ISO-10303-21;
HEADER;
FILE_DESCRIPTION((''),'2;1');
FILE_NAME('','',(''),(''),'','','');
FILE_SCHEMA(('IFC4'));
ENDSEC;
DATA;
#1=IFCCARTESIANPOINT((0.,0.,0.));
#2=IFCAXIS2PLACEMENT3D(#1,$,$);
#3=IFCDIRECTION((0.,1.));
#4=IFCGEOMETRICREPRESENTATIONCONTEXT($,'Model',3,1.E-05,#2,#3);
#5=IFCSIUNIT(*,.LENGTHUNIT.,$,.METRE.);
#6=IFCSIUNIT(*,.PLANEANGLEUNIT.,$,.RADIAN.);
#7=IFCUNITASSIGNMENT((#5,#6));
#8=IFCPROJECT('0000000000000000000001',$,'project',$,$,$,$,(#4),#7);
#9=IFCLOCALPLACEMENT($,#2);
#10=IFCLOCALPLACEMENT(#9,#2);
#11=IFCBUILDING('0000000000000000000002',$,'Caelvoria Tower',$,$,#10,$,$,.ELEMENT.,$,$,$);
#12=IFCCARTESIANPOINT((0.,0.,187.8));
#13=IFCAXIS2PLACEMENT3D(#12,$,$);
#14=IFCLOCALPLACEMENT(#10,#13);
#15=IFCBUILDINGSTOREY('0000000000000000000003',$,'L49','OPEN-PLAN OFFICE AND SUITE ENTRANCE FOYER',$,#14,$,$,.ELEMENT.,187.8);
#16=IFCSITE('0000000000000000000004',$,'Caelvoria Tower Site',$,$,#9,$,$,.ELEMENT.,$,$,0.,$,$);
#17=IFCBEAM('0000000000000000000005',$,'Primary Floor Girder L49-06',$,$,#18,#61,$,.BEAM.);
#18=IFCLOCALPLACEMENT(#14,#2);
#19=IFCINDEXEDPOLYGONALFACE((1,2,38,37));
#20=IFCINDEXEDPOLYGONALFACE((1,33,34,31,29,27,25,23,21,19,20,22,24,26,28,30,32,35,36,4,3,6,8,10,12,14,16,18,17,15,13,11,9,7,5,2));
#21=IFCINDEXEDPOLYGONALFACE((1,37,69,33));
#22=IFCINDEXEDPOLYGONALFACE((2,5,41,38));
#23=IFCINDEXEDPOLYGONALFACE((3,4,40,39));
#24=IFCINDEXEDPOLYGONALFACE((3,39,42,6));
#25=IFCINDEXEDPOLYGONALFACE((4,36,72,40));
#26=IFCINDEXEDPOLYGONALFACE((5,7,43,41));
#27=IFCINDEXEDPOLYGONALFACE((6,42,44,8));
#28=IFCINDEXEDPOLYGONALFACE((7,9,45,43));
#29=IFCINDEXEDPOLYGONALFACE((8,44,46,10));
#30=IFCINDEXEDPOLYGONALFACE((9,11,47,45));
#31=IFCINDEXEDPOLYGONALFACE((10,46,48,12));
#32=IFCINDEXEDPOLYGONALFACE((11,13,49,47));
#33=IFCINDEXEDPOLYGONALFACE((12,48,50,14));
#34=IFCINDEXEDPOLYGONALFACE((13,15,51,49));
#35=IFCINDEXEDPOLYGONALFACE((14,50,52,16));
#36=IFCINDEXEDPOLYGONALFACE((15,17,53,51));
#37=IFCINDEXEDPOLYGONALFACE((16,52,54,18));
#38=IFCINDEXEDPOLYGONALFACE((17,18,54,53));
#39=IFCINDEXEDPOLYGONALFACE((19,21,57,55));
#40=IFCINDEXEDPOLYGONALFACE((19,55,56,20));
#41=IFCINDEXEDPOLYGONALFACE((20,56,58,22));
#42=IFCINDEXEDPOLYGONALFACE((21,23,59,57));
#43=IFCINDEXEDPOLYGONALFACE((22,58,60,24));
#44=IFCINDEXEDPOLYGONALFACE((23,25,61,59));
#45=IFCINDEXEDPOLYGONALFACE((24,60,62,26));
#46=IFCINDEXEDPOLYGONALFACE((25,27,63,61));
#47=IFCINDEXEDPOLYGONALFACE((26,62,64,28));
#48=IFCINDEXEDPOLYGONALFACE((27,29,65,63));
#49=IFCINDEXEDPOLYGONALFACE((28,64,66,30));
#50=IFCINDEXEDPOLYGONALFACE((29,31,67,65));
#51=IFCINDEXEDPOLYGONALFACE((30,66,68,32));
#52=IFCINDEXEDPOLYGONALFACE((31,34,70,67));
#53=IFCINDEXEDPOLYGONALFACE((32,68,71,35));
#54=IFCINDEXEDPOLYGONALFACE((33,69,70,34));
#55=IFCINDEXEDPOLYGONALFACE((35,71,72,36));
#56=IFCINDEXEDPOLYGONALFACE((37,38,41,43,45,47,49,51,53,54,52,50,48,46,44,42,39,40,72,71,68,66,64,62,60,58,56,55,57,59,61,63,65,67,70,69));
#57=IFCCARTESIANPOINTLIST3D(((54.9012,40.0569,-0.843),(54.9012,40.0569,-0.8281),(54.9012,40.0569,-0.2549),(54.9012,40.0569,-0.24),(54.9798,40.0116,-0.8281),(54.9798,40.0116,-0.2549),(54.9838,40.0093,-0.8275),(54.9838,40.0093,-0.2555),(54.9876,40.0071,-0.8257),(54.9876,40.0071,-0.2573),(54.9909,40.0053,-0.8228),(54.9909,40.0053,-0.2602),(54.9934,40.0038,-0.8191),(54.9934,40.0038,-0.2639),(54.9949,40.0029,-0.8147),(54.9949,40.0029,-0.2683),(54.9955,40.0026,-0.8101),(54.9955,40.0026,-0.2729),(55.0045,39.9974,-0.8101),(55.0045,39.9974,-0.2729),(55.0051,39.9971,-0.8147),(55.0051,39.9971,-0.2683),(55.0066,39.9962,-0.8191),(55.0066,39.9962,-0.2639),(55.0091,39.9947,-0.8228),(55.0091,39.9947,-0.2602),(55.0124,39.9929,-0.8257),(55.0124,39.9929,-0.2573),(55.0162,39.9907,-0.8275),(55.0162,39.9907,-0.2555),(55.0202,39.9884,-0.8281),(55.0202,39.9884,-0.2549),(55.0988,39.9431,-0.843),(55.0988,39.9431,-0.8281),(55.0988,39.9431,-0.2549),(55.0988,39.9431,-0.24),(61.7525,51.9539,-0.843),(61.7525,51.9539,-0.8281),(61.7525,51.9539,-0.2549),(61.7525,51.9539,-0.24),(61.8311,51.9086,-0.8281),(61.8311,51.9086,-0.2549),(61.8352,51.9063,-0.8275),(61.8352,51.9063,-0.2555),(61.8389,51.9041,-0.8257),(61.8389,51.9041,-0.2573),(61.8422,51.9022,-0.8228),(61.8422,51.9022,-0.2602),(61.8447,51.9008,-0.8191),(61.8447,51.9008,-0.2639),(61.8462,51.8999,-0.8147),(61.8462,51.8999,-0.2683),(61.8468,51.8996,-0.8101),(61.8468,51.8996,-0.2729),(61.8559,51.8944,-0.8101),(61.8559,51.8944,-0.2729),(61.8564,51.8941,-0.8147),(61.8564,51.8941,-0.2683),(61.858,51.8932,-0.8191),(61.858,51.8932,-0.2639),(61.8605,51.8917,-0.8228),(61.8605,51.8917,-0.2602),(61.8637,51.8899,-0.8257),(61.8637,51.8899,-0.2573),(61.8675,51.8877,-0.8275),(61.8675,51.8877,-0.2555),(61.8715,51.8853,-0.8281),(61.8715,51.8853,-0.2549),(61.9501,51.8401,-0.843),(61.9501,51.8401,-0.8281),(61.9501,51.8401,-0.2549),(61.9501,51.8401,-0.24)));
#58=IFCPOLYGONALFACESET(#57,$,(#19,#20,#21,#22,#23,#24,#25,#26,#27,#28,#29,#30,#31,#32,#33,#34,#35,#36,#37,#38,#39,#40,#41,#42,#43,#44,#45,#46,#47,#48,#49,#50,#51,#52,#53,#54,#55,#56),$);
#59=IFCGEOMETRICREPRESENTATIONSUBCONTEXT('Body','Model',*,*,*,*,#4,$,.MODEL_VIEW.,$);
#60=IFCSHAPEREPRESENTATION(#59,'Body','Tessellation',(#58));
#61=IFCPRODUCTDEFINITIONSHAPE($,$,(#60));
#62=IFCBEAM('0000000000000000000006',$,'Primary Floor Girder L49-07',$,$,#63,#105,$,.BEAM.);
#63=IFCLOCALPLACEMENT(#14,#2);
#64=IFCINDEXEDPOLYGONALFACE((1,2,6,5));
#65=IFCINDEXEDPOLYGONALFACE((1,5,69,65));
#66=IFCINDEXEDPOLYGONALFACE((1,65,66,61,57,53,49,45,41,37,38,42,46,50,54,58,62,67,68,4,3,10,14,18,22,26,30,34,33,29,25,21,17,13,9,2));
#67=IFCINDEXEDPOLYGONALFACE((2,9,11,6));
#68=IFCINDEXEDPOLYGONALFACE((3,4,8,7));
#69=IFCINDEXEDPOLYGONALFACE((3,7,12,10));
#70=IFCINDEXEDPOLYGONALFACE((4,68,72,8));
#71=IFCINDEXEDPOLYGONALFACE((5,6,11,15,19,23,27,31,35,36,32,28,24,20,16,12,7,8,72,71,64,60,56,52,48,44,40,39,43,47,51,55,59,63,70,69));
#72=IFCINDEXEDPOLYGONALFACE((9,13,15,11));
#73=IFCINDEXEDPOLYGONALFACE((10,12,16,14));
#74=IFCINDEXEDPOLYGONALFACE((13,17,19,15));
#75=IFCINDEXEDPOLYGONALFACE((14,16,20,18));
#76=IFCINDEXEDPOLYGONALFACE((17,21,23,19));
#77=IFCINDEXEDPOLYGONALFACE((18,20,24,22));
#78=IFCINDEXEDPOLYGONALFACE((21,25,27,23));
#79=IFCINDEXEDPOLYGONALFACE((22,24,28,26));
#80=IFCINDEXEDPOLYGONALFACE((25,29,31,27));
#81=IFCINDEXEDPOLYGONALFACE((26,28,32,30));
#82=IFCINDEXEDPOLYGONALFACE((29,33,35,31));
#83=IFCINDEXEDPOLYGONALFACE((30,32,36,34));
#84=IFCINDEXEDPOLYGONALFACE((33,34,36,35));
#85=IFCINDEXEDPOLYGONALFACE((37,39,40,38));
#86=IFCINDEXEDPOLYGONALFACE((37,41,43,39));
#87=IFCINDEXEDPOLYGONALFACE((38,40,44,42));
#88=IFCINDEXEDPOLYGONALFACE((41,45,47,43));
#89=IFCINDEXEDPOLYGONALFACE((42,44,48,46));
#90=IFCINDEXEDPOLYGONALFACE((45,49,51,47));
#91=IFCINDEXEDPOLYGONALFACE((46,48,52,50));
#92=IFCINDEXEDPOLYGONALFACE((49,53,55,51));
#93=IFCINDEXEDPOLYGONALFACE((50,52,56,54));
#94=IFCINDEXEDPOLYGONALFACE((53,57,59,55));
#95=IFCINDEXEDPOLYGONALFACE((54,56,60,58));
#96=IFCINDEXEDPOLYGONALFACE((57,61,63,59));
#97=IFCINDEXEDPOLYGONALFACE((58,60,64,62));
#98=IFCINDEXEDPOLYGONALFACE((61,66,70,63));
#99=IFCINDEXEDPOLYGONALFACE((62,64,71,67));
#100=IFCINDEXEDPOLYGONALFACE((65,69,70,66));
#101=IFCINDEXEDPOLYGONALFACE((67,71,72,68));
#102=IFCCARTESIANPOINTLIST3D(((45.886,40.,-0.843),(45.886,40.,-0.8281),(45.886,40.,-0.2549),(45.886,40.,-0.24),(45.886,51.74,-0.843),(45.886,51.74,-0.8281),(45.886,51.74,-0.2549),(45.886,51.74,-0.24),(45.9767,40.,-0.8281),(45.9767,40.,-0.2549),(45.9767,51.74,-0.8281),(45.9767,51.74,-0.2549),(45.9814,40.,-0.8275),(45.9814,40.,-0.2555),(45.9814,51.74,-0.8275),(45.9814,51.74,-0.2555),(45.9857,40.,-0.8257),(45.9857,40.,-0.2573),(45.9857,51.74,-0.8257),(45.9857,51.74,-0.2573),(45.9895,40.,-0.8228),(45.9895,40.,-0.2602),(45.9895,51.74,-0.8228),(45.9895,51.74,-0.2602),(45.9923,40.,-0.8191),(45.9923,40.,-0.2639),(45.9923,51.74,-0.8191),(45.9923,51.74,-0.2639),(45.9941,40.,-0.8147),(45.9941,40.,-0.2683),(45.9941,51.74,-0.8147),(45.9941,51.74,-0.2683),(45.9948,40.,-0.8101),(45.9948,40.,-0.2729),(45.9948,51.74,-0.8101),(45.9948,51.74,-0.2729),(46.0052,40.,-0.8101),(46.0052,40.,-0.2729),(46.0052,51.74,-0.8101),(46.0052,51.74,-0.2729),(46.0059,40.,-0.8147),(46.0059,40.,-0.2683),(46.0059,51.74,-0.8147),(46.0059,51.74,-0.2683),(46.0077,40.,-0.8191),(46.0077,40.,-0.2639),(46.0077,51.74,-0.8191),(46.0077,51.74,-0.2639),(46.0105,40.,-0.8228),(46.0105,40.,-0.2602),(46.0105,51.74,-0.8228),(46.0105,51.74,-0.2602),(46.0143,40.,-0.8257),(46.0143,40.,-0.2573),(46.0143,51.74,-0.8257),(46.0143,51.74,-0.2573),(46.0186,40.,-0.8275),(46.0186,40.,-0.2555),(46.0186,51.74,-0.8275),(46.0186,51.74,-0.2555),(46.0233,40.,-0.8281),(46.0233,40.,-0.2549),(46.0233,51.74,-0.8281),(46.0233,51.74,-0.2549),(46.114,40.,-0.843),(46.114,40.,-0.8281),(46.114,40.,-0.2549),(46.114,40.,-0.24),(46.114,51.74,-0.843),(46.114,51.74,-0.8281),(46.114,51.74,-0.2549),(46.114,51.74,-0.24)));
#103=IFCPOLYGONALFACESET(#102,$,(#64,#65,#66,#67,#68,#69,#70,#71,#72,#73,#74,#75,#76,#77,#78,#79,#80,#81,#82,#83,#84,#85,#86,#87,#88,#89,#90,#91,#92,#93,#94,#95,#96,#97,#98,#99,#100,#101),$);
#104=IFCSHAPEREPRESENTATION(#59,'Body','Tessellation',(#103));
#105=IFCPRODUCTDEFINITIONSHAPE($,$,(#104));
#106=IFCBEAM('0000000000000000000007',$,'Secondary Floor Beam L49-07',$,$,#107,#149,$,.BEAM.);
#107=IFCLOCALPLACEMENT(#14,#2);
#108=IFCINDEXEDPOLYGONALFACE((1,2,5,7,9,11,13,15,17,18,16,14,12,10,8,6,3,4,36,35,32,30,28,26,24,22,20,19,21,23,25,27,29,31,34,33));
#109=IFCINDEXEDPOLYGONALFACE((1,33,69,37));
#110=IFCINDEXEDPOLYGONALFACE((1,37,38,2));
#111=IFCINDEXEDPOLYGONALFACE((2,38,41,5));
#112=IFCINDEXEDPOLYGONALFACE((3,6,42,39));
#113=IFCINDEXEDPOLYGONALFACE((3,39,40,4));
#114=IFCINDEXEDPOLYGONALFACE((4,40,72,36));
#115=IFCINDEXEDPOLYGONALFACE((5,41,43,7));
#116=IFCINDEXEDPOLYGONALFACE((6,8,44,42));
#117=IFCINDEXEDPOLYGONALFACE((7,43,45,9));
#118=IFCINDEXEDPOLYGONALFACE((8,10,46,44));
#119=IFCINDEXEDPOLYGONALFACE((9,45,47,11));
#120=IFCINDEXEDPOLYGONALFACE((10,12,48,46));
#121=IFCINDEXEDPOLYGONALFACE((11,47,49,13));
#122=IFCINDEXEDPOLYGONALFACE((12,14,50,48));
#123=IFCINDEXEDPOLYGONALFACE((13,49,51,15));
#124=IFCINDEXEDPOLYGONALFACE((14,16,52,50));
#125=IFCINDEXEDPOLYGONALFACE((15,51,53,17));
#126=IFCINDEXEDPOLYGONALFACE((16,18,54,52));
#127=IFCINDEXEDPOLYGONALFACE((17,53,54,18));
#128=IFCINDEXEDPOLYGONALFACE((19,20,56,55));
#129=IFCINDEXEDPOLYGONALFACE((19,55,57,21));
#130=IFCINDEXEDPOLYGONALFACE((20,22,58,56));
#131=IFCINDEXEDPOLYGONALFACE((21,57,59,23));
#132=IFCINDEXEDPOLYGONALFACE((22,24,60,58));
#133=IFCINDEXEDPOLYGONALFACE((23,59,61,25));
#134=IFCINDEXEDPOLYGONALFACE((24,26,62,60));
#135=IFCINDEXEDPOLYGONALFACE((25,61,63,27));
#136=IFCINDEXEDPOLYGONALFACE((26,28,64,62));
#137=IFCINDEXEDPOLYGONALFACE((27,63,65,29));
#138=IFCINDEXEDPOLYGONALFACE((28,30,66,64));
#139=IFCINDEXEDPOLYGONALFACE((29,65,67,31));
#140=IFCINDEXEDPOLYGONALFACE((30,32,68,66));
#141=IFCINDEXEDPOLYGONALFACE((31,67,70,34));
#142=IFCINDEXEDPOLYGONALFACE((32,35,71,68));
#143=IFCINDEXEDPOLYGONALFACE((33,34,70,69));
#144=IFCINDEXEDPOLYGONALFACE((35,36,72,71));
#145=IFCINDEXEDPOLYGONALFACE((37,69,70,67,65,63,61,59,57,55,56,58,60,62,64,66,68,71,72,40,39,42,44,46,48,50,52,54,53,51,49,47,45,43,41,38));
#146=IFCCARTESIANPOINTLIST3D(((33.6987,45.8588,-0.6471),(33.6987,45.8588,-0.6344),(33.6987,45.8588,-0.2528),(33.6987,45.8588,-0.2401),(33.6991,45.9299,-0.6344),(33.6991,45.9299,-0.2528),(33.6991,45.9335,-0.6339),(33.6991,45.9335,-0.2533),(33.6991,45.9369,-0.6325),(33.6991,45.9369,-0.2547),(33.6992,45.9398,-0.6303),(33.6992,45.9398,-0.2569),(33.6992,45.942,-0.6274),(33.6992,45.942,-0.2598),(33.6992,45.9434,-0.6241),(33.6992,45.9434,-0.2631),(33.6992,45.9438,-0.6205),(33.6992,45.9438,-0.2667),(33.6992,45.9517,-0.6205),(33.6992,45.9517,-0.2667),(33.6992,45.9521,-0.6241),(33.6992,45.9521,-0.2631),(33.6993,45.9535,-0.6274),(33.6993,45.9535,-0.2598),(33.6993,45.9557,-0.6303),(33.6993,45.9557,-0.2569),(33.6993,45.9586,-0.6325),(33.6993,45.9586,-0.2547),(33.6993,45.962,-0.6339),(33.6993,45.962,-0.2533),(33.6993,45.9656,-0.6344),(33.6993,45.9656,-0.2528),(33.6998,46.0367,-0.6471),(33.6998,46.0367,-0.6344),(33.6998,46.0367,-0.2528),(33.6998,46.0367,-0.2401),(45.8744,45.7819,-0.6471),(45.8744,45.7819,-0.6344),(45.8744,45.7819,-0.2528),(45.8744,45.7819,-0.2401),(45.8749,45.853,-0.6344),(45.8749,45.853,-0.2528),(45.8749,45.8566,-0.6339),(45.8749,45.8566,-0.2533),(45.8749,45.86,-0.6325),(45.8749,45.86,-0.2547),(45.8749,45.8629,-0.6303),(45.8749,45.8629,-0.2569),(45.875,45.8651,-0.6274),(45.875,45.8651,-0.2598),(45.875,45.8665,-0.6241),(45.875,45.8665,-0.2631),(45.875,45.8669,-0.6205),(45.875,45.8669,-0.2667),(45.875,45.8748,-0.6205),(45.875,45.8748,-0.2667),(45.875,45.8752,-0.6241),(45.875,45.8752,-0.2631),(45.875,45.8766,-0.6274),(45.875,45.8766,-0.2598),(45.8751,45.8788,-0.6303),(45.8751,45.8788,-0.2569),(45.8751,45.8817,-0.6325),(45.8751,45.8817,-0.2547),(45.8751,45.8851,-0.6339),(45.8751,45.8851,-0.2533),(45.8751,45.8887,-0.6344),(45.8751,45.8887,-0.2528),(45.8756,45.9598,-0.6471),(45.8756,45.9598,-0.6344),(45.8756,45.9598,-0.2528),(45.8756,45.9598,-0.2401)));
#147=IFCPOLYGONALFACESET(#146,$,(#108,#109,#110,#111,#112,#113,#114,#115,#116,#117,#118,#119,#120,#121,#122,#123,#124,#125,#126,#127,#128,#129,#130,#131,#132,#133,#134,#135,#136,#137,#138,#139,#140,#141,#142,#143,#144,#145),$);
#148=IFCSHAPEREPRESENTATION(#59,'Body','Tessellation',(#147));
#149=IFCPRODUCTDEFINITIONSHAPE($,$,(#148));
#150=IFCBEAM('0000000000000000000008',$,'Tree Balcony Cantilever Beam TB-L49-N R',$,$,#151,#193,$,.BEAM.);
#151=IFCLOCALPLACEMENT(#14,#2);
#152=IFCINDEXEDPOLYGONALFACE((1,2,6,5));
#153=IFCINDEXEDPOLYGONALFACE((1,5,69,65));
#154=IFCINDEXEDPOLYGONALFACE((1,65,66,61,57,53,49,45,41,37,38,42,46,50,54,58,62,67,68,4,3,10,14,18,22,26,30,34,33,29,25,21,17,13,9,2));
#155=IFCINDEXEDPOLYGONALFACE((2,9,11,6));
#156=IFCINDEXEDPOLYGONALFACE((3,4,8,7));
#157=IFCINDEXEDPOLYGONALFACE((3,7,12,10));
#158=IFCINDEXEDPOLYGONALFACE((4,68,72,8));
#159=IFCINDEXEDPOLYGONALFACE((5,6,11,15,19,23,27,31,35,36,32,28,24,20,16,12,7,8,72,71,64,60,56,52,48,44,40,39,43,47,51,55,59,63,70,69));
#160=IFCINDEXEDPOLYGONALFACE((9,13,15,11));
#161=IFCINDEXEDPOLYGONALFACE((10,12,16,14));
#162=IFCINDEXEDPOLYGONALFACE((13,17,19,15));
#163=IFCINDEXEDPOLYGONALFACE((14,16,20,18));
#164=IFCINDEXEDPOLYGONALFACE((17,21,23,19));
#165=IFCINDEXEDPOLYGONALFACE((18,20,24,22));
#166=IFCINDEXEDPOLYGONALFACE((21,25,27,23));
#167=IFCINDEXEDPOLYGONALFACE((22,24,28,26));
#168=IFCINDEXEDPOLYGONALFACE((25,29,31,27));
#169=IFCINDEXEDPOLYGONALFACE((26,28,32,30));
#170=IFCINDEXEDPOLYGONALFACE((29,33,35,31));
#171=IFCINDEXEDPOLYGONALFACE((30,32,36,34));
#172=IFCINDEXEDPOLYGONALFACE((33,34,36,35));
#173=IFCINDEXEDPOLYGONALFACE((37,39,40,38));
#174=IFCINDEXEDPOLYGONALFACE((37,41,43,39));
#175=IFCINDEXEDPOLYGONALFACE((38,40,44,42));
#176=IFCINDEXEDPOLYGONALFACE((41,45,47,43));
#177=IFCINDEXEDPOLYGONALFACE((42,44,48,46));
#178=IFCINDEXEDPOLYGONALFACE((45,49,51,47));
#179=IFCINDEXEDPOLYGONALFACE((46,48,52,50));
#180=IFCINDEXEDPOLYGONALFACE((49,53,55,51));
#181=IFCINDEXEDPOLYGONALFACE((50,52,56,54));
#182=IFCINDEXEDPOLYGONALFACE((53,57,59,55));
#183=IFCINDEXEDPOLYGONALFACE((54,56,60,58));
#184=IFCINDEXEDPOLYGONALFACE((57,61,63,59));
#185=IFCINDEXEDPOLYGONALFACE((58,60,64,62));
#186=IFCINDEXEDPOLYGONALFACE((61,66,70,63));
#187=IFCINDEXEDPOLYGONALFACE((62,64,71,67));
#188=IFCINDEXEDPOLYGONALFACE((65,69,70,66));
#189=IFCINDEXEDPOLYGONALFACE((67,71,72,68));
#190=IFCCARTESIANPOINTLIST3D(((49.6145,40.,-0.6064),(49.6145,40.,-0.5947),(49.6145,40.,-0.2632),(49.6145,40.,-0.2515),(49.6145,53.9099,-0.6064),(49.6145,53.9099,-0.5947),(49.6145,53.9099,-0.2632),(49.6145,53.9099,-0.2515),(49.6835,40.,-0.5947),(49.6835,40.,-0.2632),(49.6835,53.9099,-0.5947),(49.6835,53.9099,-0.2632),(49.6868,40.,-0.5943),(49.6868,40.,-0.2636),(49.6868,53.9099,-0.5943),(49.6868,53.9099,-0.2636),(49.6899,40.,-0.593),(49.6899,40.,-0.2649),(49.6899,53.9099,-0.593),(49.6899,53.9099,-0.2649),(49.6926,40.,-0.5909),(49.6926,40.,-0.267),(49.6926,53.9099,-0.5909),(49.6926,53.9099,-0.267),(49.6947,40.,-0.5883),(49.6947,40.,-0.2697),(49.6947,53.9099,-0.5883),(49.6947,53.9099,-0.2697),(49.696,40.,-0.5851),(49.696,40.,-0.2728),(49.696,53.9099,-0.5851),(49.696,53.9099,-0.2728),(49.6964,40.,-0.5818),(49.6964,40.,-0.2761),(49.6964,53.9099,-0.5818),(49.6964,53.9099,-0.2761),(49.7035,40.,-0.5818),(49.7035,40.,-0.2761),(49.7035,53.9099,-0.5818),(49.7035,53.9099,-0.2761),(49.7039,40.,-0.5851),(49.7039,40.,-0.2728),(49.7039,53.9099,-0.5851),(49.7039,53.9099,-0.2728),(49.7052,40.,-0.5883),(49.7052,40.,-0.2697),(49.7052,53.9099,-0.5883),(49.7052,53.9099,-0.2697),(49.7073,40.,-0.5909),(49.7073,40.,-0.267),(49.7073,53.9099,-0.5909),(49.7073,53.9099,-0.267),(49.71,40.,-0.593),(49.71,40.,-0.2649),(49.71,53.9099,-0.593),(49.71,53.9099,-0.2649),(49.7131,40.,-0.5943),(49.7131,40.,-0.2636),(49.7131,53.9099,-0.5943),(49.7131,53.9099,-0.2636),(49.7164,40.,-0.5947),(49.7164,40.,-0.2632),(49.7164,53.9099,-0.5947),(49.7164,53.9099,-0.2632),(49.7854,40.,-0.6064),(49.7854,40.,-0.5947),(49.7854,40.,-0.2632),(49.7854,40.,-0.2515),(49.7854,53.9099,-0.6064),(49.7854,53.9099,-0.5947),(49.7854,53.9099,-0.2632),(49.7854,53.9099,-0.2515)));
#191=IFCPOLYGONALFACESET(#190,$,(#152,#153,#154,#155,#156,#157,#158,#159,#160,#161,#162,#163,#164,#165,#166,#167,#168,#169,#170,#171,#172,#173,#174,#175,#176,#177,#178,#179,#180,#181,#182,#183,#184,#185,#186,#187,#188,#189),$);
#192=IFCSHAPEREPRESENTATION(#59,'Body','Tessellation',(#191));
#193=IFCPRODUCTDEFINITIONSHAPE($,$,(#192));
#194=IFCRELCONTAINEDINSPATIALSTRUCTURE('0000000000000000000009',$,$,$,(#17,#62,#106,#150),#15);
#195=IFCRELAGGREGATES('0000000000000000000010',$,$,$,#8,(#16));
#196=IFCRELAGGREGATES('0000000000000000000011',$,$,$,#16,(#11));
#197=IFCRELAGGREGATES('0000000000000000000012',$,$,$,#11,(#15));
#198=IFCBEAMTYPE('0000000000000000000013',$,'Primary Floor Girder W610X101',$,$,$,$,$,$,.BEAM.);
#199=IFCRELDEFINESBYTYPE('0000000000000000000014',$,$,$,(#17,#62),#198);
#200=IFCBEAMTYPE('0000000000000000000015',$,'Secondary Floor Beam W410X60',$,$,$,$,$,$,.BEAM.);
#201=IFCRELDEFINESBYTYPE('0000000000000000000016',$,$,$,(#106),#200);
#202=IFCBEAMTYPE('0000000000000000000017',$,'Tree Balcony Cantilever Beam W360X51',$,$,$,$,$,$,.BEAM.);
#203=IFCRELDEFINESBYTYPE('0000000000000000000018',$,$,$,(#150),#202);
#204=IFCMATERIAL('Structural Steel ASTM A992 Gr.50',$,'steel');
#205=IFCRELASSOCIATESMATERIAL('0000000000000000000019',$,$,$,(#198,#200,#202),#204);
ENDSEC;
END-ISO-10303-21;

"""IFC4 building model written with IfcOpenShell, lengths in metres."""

from ifc_helpers import new_model, si_unit, direction, frame, origin, origin_2d, place, context, subcontext, project, spatial, i_section, extrude, material, material_profile, profile_set, type_object, element, save


model = new_model("IFC4")

# Units and contexts
model_context = context("Model", 3, precision=1e-05, world=origin(), true_north=direction((0.0, 1.0)))
body_context = subcontext(model_context, "Body", "Model", "MODEL_VIEW")
ifc_project = project(units=[si_unit("LENGTHUNIT", "METRE"), si_unit("PLANEANGLEUNIT", "RADIAN")], contexts=[model_context])

# Site, building, storey
site_placement = place(None, origin())
site = spatial("IfcSite", under=ifc_project, at=site_placement, Name="Caelvoria Tower Site", CompositionType="ELEMENT", RefElevation=0.0)
building_placement = place(site_placement, origin())
building = spatial("IfcBuilding", under=site, at=building_placement, Name="Caelvoria Tower", CompositionType="ELEMENT")
storey_placement = place(building_placement, frame((0.0, 0.0, 187.8)))
storey = spatial("IfcBuildingStorey", under=building, at=storey_placement, Name="L49", Description="OPEN-PLAN OFFICE AND SUITE ENTRANCE FOYER", CompositionType="ELEMENT", Elevation=187.8)

# Shared definitions
ifc_material_1 = material(Name="Structural Steel ASTM A992 Gr.50", Category="steel")

# Beams
ifc_material_profile_1 = material_profile(ifc_material_1, i_section(OverallWidth=0.228, OverallDepth=0.603, WebThickness=0.0105, FlangeThickness=0.0149, FilletRadius=0.0181, at=origin_2d()), Name="Structural Steel ASTM A992 Gr.50")
ifc_profile_set_1 = profile_set([ifc_material_profile_1], Name="W610X101 - Structural Steel ASTM A992 Gr.50")
beam_type_1 = type_object("IfcBeamType", Name="Primary Floor Girder W610X101", PredefinedType="BEAM", material=ifc_profile_set_1)
beam_1_placement = place(storey_placement, frame((55.0, 40.0, -0.5415), z_axis=(0.499049, 0.866574, 0.0), x_axis=(-0.866574, 0.499049, 0.0)))
element("IfcBeam", 1, at=beam_1_placement, inside=storey, type_object=beam_type_1, Name="Primary Floor Girder L49-06", PredefinedType="BEAM", context=body_context, shape_type="SweptSolid", body=[
    extrude(i_section(OverallWidth=0.228, OverallDepth=0.603, WebThickness=0.0105, FlangeThickness=0.0149, FilletRadius=0.0181, at=origin_2d()), origin(), (0.0, 0.0, 1.0), 13.7288),
])
beam_2_placement = place(storey_placement, frame((46.0, 40.0, -0.5415), z_axis=(0.0, 1.0, 0.0), x_axis=(-1.0, 0.0, 0.0)))
element("IfcBeam", 2, at=beam_2_placement, inside=storey, type_object=beam_type_1, Name="Primary Floor Girder L49-07", PredefinedType="BEAM", context=body_context, shape_type="SweptSolid", body=[
    extrude(i_section(OverallWidth=0.228, OverallDepth=0.603, WebThickness=0.0105, FlangeThickness=0.0149, FilletRadius=0.0181, at=origin_2d()), origin(), (0.0, 0.0, 1.0), 11.74),
])
ifc_material_profile_2 = material_profile(ifc_material_1, i_section(OverallWidth=0.178, OverallDepth=0.407, WebThickness=0.0078, FlangeThickness=0.0127, FilletRadius=0.0139, at=origin_2d()), Name="Structural Steel ASTM A992 Gr.50")
ifc_profile_set_2 = profile_set([ifc_material_profile_2], Name="W410X60 - Structural Steel ASTM A992 Gr.50")
beam_type_2 = type_object("IfcBeamType", Name="Secondary Floor Beam W410X60", PredefinedType="BEAM", material=ifc_profile_set_2)
beam_3_placement = place(storey_placement, frame((45.875, 45.8708, -0.4436), z_axis=(-0.99998, 0.006316, 0.0), x_axis=(-0.006316, -0.99998, 0.0)))
element("IfcBeam", 3, at=beam_3_placement, inside=storey, type_object=beam_type_2, Name="Secondary Floor Beam L49-07", PredefinedType="BEAM", context=body_context, shape_type="SweptSolid", body=[
    extrude(i_section(OverallWidth=0.178, OverallDepth=0.407, WebThickness=0.0078, FlangeThickness=0.0127, FilletRadius=0.0139, at=origin_2d()), origin(), (0.0, 0.0, 1.0), 12.176),
])
ifc_material_profile_3 = material_profile(ifc_material_1, i_section(OverallWidth=0.1709, OverallDepth=0.355, WebThickness=0.0071, FlangeThickness=0.0117, FilletRadius=0.0129, at=origin_2d()), Name="Structural Steel ASTM A992 Gr.50")
ifc_profile_set_3 = profile_set([ifc_material_profile_3], Name="W360X51 - Structural Steel ASTM A992 Gr.50")
beam_type_3 = type_object("IfcBeamType", Name="Tree Balcony Cantilever Beam W360X51", PredefinedType="BEAM", material=ifc_profile_set_3)
beam_4_placement = place(storey_placement, frame((49.7, 40.0, -0.429), z_axis=(0.0, 1.0, 0.0), x_axis=(-1.0, 0.0, 0.0)))
element("IfcBeam", 4, at=beam_4_placement, inside=storey, type_object=beam_type_3, Name="Tree Balcony Cantilever Beam TB-L49-N R", PredefinedType="BEAM", context=body_context, shape_type="SweptSolid", body=[
    extrude(i_section(OverallWidth=0.1709, OverallDepth=0.355, WebThickness=0.0071, FlangeThickness=0.0117, FilletRadius=0.0129, at=origin_2d()), origin(), (0.0, 0.0, 1.0), 13.9099),
])

save(model, "model.ifc")
